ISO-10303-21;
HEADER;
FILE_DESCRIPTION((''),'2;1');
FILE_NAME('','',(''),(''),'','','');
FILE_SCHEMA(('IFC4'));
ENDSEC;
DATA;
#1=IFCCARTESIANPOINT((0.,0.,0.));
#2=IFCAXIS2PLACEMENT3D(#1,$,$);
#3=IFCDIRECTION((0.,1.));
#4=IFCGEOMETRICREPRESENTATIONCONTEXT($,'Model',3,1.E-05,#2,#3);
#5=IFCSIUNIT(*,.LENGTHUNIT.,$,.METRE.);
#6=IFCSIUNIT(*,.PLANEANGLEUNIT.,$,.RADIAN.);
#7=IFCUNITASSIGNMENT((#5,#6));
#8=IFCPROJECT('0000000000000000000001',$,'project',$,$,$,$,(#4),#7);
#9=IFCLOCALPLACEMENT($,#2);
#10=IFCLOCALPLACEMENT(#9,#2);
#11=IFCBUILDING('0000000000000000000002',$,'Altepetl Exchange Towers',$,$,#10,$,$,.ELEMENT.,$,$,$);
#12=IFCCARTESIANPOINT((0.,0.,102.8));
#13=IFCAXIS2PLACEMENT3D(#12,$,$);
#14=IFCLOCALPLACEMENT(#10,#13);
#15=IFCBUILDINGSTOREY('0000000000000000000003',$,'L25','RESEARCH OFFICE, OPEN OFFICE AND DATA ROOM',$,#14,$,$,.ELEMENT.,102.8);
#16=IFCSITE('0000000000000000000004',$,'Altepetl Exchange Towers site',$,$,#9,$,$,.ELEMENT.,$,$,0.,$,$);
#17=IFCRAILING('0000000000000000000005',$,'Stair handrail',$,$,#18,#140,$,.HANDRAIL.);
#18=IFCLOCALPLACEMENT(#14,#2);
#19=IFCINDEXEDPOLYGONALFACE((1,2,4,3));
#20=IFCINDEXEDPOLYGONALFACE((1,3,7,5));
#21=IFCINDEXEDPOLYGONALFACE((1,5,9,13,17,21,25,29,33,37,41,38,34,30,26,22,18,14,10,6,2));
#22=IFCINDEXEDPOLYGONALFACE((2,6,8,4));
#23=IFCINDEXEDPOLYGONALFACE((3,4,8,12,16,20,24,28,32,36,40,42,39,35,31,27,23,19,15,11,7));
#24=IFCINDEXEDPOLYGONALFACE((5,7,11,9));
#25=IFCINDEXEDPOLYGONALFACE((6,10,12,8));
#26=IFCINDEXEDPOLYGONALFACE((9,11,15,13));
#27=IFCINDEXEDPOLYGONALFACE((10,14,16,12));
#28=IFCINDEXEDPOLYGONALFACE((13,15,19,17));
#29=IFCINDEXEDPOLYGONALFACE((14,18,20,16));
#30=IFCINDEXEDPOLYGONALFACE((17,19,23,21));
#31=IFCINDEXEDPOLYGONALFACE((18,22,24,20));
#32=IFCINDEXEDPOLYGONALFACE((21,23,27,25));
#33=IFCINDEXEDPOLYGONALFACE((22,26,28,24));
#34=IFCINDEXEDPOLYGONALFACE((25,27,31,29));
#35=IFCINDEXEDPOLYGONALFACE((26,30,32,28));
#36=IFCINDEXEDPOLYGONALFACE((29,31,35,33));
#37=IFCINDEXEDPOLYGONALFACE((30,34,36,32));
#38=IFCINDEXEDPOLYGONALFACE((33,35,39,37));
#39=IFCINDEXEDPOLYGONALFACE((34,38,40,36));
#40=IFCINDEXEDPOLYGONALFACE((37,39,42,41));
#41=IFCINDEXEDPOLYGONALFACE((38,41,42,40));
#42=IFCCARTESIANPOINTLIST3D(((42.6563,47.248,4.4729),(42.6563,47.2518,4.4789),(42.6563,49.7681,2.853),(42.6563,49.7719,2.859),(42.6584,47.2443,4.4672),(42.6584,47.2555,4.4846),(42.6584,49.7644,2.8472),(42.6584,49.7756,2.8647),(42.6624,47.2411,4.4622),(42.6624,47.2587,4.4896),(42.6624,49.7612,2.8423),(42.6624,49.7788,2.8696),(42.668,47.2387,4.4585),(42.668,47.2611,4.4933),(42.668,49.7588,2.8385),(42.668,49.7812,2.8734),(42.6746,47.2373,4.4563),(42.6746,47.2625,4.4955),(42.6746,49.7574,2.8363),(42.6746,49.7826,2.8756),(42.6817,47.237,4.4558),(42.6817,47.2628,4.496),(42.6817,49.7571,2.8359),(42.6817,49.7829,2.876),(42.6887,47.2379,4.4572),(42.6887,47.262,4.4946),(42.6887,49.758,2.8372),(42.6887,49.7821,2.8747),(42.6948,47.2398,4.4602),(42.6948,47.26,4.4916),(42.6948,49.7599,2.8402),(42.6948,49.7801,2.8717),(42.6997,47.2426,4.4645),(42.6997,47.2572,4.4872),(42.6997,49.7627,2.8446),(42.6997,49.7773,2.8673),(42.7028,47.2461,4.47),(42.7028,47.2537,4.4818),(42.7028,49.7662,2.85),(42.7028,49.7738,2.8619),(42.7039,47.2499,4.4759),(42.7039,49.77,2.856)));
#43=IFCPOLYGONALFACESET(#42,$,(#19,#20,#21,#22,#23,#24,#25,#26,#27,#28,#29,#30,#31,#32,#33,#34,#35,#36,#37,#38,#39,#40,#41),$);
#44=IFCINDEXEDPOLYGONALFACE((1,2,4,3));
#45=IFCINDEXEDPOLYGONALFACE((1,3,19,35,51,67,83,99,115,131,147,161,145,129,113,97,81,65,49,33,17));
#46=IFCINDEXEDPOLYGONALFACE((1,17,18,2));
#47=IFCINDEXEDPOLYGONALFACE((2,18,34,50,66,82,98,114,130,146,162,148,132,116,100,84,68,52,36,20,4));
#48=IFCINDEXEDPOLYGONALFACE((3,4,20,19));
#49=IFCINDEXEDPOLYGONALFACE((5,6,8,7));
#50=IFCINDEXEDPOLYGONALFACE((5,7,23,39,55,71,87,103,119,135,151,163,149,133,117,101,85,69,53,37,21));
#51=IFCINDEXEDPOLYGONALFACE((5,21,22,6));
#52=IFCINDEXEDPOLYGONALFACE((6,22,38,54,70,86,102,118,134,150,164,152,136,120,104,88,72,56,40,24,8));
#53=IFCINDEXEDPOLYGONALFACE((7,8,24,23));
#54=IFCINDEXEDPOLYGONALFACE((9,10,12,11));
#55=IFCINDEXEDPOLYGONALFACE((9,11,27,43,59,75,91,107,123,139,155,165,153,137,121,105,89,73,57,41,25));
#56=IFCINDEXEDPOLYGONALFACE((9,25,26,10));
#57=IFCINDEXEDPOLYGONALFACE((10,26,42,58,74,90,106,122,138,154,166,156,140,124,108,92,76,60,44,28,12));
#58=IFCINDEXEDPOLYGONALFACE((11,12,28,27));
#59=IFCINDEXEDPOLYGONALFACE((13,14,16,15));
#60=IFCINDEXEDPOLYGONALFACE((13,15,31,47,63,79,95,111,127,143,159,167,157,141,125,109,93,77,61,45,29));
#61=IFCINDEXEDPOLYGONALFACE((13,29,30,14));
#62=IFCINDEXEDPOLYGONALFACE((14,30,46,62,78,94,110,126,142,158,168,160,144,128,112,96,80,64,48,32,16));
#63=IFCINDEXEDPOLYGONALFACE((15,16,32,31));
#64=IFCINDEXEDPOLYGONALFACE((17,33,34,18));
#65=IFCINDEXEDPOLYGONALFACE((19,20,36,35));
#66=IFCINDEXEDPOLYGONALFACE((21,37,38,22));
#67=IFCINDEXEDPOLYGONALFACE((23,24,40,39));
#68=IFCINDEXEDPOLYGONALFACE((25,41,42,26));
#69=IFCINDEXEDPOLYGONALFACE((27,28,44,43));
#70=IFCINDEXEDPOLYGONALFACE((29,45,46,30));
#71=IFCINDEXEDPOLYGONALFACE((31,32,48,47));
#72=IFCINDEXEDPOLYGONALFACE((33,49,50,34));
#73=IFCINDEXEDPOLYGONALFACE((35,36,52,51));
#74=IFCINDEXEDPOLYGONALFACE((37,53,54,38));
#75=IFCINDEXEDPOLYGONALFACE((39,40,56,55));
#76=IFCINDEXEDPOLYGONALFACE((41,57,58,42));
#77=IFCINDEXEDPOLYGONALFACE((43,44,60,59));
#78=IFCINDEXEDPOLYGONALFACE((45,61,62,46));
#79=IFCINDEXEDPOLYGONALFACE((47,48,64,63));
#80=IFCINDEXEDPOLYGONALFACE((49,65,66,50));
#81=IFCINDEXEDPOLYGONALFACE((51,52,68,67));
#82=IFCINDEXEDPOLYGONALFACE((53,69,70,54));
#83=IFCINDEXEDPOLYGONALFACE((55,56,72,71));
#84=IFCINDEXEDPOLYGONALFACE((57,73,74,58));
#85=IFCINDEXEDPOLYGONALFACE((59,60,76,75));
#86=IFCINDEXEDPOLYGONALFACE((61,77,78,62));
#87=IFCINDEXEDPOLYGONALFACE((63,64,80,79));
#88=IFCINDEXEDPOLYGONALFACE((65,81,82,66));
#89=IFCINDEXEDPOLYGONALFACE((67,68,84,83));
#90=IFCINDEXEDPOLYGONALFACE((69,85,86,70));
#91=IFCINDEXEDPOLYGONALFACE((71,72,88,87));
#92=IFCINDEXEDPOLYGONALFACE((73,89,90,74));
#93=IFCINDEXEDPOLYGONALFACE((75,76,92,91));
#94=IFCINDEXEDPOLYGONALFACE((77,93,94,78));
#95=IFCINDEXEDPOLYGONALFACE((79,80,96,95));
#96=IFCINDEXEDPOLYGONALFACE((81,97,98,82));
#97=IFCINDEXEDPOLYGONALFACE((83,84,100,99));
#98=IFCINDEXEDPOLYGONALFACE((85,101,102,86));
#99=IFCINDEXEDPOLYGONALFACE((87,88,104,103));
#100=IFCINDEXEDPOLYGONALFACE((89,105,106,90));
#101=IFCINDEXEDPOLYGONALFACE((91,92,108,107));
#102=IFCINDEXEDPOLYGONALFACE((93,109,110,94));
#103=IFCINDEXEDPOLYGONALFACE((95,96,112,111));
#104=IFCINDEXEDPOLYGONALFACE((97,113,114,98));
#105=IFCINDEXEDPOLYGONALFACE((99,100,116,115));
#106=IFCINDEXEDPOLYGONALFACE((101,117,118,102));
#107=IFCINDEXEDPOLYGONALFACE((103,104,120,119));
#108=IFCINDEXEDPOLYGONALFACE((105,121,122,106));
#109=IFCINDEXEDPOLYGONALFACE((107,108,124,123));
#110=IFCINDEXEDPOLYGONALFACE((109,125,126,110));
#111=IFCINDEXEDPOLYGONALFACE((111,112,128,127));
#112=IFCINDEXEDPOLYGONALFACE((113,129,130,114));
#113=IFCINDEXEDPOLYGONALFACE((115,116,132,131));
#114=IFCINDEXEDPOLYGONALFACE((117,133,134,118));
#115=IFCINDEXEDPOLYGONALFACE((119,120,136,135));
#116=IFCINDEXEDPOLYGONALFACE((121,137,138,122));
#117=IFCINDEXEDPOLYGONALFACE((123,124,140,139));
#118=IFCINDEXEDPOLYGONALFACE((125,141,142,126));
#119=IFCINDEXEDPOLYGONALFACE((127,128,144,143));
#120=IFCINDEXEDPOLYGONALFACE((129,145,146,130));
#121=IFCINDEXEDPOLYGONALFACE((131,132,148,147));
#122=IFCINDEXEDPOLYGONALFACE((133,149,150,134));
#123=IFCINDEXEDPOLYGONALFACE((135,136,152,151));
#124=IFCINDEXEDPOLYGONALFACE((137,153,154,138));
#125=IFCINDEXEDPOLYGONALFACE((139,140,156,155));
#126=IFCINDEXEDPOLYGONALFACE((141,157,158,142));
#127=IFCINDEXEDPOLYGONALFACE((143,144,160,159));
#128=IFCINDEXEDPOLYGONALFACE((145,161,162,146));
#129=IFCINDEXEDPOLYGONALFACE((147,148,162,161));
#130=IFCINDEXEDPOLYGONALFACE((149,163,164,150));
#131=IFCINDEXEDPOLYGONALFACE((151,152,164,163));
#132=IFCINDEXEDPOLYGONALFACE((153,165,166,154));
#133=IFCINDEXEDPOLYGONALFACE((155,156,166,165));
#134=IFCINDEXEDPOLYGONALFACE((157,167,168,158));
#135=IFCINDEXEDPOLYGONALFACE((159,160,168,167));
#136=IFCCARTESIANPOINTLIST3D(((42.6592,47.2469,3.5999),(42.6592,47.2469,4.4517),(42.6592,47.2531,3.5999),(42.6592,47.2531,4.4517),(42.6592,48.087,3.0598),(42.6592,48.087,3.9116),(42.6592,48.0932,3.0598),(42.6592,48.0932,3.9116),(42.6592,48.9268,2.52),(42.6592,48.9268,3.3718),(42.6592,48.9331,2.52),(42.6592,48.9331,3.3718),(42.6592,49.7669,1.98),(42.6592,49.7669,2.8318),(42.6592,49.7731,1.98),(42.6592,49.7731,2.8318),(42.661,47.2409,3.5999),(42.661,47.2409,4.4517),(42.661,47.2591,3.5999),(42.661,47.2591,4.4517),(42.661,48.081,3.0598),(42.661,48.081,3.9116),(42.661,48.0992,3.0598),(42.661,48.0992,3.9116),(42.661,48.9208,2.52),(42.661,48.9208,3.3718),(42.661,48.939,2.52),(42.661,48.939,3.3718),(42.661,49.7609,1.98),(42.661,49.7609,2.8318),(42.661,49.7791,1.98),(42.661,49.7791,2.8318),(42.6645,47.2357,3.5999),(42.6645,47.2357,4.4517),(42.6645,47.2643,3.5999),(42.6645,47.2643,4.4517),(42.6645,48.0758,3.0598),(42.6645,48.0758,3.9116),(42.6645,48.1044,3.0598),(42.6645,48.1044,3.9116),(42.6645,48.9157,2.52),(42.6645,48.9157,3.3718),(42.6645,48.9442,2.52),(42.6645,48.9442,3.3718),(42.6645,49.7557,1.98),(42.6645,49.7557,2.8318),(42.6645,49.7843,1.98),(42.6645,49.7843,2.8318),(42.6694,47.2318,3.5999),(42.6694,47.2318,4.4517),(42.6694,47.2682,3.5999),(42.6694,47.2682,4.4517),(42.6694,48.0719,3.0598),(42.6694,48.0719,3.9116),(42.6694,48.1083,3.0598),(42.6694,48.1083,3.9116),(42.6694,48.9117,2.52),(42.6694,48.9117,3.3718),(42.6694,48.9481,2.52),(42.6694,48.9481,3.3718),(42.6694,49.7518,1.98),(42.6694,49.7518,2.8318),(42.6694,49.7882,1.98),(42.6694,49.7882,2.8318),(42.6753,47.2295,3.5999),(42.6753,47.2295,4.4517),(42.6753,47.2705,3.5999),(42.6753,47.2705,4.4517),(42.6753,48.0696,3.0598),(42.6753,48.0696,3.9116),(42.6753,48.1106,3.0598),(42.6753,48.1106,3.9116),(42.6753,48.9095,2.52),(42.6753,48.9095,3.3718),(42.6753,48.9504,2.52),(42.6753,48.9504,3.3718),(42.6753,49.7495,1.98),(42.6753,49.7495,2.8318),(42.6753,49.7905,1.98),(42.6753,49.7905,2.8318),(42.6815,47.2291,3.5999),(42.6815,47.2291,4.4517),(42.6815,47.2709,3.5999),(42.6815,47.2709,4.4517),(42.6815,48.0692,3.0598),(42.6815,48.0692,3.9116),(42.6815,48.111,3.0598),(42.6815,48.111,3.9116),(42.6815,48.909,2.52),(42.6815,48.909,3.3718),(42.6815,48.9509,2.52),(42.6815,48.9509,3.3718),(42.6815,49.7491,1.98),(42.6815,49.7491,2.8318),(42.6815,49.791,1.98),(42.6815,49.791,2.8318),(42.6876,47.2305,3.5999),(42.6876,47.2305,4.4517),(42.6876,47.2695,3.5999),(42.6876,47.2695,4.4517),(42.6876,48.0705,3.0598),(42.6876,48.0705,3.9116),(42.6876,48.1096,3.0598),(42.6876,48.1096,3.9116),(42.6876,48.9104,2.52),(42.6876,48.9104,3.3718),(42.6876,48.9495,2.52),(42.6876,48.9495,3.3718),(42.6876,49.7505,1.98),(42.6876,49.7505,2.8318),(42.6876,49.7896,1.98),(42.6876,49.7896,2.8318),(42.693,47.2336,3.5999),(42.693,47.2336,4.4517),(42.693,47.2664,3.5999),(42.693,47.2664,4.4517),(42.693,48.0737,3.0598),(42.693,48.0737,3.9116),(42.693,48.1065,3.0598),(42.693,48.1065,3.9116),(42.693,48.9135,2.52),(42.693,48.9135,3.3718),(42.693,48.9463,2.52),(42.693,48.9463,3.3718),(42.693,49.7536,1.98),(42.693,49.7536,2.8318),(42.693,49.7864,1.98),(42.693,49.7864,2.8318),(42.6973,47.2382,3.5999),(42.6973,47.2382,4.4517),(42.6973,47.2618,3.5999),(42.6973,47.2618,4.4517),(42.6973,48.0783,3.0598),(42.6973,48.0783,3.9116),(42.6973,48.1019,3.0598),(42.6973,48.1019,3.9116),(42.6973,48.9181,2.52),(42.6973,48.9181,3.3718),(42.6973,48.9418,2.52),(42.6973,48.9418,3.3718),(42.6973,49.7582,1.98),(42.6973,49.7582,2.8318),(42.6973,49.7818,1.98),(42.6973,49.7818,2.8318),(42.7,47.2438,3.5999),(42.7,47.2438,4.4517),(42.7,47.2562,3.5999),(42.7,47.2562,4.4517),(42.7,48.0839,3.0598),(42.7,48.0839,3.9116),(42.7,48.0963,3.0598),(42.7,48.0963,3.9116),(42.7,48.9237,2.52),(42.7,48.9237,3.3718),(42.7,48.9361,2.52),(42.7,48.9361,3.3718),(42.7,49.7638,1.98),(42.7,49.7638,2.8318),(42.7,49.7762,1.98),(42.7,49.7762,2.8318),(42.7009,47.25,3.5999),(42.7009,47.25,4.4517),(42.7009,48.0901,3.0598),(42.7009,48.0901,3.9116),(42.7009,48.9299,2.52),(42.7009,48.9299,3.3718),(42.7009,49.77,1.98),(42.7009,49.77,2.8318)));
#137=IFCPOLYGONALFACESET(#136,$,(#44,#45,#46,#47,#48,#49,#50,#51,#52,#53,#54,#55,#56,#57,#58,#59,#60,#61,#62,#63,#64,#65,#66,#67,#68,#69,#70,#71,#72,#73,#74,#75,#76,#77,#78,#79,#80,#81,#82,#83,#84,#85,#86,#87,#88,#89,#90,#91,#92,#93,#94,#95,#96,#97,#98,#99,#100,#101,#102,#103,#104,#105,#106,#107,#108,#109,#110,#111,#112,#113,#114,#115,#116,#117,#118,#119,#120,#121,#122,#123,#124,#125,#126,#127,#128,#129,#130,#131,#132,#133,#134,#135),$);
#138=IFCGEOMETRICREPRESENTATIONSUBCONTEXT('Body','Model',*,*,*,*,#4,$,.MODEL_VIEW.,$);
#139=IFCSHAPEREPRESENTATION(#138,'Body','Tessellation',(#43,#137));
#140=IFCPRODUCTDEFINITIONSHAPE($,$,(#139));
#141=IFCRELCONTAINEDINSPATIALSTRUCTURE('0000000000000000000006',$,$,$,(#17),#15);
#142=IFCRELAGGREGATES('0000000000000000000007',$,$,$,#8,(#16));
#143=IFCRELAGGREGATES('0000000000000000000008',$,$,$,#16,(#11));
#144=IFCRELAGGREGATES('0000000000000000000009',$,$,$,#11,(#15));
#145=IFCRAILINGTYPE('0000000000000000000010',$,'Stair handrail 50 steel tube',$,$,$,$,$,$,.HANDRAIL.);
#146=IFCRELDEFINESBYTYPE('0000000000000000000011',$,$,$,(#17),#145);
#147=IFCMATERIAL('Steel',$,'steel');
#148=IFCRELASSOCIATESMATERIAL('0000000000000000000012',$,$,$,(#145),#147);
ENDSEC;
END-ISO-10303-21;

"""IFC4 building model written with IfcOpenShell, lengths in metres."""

from ifc_helpers import new_model, si_unit, direction, frame, origin, origin_2d, place, context, subcontext, project, spatial, circle, extrude, source, transform, mapped, material, type_object, element, save


model = new_model("IFC4")

# Units and contexts
model_context = context("Model", 3, precision=1e-05, world=origin(), true_north=direction((0.0, 1.0)))
body_context = subcontext(model_context, "Body", "Model", "MODEL_VIEW")
ifc_project = project(units=[si_unit("LENGTHUNIT", "METRE"), si_unit("PLANEANGLEUNIT", "RADIAN")], contexts=[model_context])

# Site, building, storey
site_placement = place(None, origin())
site = spatial("IfcSite", under=ifc_project, at=site_placement, Name="Altepetl Exchange Towers site", CompositionType="ELEMENT", RefElevation=0.0)
building_placement = place(site_placement, origin())
building = spatial("IfcBuilding", under=site, at=building_placement, Name="Altepetl Exchange Towers", CompositionType="ELEMENT")
storey_placement = place(building_placement, frame((0.0, 0.0, 102.8)))
storey = spatial("IfcBuildingStorey", under=building, at=storey_placement, Name="L25", Description="RESEARCH OFFICE, OPEN OFFICE AND DATA ROOM", CompositionType="ELEMENT", Elevation=102.8)

# Railing
ifc_material_1 = material(Name="Steel", Category="steel")
railing_type = type_object("IfcRailingType", Name="Stair handrail 50 steel tube", PredefinedType="HANDRAIL", material=ifc_material_1)
shared_shape = source(origin(), body_context, "Body", "SweptSolid", [
    extrude(circle(Radius=0.021, at=origin_2d()), origin(), (0.0, 0.0, 1.0), 0.8518),
])
railing_1_placement = place(storey_placement, frame((42.6799, 49.77, 1.98)))
element("IfcRailing", 1, at=railing_1_placement, inside=storey, type_object=railing_type, Name="Stair handrail", PredefinedType="HANDRAIL", context=body_context, shape_type="SweptSolid", body=[
    extrude(circle(Radius=0.0239, at=origin_2d()), frame((0.0, 0.0, 0.876), z_axis=(0.0, -0.8412, 0.540725), x_axis=(1.0, 0.0, 0.0)), (0.0, 0.0, 1.0), 2.9958),
    mapped(shared_shape, transform((0.0, 0.0, 0.0))),
    mapped(shared_shape, transform((0.0, -0.8401, 0.54))),
    mapped(shared_shape, transform((0.0, -1.6799, 1.0798))),
    mapped(shared_shape, transform((0.0, -2.52, 1.6199))),
])

save(model, "model.ifc")
